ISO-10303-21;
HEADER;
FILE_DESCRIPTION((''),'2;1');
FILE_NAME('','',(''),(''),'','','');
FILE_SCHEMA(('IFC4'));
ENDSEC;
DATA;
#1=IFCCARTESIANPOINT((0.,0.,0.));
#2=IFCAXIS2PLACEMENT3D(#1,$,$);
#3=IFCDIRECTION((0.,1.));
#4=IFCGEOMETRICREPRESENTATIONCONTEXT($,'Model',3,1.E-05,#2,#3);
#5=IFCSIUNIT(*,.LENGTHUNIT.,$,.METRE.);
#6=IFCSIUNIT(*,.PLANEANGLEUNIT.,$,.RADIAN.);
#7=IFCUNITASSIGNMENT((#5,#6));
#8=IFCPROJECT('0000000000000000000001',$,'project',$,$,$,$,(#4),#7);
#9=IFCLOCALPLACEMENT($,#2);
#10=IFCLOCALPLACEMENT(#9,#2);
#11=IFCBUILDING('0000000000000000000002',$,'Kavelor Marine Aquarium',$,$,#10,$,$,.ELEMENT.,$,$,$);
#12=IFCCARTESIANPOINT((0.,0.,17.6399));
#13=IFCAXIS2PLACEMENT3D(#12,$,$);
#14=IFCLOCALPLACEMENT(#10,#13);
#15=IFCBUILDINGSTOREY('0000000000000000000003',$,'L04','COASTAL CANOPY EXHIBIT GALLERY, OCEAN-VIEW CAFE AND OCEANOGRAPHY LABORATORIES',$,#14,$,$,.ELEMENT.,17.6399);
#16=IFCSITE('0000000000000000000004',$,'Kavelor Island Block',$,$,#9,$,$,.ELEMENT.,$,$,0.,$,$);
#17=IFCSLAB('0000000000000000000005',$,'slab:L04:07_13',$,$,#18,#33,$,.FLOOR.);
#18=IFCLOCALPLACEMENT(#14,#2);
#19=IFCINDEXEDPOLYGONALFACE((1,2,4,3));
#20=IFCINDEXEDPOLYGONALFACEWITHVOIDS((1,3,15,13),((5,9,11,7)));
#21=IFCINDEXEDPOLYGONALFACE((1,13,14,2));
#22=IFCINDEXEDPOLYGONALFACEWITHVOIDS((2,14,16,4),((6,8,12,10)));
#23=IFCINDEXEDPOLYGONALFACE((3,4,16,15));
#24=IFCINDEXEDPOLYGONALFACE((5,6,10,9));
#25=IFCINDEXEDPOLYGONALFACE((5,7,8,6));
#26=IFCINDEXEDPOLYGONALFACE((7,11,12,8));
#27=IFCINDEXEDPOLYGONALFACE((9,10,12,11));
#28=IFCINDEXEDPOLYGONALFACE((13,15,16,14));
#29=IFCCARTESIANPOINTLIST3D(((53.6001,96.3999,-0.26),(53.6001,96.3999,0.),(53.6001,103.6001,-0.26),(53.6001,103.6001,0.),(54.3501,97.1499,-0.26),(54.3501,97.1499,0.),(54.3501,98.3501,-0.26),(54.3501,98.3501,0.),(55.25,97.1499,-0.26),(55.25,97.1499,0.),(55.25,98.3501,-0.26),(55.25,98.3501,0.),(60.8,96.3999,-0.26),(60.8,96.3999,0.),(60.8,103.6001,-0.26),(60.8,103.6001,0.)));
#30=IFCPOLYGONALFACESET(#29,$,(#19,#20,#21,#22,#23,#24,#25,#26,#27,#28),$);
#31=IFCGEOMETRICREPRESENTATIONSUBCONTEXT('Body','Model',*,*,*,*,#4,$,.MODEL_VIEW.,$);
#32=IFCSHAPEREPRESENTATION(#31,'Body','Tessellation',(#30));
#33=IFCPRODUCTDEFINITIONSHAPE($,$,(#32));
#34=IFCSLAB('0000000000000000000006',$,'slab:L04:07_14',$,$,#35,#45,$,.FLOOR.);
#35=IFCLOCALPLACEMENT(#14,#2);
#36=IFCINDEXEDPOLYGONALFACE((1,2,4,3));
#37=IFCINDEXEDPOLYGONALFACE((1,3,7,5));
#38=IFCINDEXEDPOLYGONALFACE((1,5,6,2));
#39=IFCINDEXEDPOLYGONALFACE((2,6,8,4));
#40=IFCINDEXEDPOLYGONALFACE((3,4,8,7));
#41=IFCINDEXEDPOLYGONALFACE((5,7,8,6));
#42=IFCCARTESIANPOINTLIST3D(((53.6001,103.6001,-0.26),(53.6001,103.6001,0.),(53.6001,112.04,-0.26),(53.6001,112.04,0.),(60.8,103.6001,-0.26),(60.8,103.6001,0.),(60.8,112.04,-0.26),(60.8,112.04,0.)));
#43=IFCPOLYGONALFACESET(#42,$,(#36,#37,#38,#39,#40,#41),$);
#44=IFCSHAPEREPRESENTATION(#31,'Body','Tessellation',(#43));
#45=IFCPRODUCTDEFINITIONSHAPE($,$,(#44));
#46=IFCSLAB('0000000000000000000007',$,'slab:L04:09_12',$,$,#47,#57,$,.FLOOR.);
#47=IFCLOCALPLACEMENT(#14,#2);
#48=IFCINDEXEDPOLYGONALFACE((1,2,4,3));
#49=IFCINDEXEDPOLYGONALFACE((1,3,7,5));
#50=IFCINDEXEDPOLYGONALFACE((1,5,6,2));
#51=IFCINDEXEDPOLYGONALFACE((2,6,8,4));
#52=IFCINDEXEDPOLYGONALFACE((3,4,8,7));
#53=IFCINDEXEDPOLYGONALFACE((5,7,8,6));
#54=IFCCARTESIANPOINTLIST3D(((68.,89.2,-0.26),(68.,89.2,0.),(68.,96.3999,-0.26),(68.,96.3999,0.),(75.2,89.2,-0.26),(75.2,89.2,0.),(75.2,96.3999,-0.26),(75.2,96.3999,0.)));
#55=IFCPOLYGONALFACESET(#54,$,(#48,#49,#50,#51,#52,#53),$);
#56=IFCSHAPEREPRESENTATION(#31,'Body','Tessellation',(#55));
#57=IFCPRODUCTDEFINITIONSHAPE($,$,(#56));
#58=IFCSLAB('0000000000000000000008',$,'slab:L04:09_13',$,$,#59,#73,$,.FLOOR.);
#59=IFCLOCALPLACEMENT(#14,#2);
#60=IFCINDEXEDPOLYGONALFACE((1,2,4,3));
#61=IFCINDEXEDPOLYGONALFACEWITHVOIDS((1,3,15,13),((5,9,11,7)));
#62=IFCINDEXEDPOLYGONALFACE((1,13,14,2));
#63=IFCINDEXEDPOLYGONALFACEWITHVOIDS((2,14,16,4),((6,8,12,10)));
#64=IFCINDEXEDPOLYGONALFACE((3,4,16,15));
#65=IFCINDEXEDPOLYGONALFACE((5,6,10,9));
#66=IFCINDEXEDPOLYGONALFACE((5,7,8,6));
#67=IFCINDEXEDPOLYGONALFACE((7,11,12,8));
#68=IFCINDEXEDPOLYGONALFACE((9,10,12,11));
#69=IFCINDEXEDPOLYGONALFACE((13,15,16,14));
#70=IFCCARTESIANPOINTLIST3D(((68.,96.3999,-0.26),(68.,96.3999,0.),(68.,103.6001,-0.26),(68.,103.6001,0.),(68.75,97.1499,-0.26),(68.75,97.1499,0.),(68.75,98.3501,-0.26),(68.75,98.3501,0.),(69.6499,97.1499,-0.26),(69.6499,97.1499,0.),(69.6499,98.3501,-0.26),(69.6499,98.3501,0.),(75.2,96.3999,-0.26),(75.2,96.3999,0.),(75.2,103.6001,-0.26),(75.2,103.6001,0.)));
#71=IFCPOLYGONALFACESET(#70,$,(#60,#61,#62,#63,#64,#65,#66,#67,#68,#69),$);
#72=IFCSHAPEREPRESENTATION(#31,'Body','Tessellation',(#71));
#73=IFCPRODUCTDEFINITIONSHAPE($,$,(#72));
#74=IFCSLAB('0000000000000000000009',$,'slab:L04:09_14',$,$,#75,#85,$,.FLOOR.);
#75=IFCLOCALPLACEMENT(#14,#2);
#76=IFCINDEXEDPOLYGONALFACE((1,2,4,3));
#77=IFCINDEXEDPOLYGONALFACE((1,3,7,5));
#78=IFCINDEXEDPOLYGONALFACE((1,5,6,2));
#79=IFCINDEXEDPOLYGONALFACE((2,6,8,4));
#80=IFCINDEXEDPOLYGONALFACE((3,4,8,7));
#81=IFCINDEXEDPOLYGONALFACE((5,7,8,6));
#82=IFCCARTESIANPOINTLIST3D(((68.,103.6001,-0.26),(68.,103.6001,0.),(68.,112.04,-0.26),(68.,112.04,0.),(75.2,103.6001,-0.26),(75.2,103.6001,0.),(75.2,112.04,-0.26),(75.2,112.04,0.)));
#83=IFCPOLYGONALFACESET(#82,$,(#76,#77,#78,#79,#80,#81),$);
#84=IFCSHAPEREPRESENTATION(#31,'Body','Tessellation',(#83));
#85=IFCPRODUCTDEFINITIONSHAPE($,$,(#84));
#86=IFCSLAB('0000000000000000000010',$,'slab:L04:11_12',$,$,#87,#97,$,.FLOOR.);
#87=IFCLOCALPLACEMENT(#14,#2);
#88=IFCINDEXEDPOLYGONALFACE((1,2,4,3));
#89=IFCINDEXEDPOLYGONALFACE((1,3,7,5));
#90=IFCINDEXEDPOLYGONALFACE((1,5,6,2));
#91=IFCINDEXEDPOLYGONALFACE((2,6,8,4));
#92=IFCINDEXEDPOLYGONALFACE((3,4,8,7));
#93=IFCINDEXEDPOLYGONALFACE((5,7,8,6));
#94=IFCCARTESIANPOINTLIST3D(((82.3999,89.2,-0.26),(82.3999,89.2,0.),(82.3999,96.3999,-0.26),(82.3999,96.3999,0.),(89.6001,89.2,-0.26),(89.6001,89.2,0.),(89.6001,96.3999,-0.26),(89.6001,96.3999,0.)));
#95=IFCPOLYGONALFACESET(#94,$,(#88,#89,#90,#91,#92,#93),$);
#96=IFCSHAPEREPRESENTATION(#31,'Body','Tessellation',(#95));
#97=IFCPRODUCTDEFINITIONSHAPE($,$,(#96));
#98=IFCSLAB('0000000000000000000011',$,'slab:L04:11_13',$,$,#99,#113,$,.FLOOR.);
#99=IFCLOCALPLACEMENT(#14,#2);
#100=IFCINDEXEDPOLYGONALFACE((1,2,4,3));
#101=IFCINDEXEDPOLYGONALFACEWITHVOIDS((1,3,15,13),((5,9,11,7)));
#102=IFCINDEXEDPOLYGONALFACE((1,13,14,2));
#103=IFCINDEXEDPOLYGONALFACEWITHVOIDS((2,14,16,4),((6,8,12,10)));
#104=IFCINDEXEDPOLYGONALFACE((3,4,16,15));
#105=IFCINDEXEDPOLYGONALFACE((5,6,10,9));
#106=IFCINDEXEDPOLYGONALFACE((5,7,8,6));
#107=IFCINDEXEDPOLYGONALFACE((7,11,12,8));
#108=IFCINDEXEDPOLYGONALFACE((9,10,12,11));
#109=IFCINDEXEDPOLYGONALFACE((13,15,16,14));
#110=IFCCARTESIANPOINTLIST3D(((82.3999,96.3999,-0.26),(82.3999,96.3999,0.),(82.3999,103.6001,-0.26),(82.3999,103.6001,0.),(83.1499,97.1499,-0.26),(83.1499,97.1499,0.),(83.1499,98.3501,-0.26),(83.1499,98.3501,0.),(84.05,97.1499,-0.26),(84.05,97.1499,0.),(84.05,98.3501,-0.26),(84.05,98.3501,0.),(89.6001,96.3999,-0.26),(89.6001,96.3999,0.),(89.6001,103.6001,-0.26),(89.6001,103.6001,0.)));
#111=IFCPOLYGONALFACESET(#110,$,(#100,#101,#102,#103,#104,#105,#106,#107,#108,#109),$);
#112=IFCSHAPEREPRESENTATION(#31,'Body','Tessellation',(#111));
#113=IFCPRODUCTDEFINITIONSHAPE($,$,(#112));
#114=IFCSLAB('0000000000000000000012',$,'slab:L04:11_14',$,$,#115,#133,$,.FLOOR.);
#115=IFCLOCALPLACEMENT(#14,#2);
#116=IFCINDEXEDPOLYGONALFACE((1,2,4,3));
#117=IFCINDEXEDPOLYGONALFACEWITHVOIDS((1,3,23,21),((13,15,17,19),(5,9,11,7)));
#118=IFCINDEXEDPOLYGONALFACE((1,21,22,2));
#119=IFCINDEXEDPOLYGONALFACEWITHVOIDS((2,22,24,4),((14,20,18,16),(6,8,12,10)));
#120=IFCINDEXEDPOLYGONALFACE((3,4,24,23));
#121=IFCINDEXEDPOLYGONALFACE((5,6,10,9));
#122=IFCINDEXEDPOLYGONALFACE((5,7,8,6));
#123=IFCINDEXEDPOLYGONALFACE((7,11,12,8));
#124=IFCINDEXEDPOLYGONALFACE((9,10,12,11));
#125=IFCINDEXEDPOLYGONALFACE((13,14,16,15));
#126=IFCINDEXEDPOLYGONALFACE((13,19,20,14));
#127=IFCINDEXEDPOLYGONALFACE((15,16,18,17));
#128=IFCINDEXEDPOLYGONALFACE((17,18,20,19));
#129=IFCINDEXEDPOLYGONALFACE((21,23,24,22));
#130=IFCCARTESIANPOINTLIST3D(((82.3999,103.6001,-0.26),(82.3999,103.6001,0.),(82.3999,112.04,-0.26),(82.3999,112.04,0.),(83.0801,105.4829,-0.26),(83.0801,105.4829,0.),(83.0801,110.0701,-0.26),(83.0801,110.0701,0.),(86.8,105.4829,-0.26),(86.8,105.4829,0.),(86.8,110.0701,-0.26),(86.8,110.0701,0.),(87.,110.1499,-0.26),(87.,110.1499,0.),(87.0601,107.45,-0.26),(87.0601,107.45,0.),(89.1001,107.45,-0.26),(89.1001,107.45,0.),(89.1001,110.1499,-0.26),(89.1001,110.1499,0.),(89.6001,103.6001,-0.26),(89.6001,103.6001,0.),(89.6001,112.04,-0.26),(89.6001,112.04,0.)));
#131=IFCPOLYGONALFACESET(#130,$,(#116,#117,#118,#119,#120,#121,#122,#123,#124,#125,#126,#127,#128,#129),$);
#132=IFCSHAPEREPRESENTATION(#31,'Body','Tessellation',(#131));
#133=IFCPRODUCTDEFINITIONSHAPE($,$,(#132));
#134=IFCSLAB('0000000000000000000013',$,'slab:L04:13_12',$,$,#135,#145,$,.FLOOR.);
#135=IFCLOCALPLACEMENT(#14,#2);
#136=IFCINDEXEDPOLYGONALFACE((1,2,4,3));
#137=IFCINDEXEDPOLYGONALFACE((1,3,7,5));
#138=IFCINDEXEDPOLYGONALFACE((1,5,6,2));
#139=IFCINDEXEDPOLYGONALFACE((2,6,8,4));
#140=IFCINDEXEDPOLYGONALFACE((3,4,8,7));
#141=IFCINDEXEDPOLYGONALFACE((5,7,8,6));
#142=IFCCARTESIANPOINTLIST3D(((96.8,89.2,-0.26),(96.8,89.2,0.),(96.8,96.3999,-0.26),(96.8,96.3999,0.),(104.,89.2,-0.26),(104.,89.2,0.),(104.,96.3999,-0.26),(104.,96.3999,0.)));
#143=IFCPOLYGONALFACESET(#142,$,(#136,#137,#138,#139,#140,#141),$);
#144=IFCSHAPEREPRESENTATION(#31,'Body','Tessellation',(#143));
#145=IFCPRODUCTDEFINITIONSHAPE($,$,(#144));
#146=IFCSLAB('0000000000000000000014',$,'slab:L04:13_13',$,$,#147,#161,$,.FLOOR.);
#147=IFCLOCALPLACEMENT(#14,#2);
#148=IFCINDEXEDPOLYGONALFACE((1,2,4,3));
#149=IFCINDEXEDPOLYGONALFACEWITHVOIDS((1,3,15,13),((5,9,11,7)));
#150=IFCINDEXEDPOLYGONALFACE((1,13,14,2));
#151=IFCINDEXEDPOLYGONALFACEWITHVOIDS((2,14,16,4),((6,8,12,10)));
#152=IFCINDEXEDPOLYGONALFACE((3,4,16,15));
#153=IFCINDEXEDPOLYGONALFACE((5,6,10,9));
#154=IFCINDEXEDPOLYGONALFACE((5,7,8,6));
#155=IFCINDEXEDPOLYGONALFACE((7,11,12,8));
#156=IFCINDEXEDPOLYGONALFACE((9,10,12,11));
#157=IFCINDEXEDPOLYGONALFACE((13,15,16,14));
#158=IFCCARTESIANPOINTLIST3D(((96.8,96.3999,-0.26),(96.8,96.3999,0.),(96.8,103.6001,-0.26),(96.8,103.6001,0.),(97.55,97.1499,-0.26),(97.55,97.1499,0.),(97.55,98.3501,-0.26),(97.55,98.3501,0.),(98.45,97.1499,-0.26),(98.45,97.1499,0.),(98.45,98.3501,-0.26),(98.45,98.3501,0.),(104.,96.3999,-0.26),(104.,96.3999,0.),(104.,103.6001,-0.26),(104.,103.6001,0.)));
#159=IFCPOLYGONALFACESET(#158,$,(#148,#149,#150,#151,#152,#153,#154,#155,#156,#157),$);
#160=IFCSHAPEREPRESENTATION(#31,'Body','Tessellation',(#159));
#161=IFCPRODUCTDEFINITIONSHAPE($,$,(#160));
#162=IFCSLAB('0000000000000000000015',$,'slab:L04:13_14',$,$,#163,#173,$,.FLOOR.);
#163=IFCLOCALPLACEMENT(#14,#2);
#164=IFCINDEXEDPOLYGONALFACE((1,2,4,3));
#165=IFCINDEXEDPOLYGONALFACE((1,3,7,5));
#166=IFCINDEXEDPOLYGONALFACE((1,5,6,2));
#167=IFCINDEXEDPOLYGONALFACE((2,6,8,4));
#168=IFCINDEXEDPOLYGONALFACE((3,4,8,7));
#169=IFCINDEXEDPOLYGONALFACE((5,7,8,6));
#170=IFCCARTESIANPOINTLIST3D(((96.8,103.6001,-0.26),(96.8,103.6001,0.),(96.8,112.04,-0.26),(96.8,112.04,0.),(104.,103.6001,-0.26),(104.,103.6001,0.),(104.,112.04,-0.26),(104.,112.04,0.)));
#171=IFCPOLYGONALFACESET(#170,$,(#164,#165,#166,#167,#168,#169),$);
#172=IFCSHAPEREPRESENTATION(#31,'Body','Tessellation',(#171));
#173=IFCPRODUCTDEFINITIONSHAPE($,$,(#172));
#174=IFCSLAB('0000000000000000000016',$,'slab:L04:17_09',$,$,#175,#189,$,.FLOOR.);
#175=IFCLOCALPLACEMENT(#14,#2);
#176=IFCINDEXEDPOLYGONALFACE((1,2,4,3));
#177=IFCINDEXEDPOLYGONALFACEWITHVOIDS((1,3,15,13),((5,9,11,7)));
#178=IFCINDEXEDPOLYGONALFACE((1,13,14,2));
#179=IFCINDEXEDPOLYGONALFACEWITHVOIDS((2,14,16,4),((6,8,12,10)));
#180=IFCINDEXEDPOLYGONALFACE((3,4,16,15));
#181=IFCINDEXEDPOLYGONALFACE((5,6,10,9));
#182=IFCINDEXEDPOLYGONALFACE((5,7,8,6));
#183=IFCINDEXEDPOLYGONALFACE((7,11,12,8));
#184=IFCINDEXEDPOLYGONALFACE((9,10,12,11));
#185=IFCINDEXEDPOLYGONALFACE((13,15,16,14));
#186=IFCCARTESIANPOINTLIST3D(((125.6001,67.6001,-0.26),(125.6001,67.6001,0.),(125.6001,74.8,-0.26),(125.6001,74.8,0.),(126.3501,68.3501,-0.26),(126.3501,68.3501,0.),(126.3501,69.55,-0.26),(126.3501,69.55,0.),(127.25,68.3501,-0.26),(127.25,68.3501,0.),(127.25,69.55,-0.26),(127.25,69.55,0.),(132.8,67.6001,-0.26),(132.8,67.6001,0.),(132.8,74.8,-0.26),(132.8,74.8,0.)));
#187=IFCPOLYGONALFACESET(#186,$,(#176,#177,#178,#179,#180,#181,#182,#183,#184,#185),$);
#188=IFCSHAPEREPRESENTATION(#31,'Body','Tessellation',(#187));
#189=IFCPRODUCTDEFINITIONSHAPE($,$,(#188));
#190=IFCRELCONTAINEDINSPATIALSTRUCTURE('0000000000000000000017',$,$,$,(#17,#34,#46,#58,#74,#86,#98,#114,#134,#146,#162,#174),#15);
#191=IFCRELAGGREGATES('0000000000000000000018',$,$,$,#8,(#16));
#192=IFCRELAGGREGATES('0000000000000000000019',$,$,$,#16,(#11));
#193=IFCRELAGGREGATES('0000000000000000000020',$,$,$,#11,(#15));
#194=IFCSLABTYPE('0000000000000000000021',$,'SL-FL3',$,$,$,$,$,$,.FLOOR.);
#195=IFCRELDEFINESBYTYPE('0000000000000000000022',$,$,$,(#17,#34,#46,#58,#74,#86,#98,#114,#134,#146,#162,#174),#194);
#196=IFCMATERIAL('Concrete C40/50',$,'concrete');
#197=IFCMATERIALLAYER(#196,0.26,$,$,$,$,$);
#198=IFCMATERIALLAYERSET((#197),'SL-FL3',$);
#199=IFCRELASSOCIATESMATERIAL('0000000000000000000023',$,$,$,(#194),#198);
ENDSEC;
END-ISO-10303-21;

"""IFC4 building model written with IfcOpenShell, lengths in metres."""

from ifc_helpers import new_model, si_unit, direction, frame, origin, place, context, subcontext, project, spatial, polyline, outline, extrude, material, layer, layer_set, type_object, element, save


model = new_model("IFC4")

# Units and contexts
model_context = context("Model", 3, precision=1e-05, world=origin(), true_north=direction((0.0, 1.0)))
body_context = subcontext(model_context, "Body", "Model", "MODEL_VIEW")
ifc_project = project(units=[si_unit("LENGTHUNIT", "METRE"), si_unit("PLANEANGLEUNIT", "RADIAN")], contexts=[model_context])

# Site, building, storey
site_placement = place(None, origin())
site = spatial("IfcSite", under=ifc_project, at=site_placement, Name="Kavelor Island Block", CompositionType="ELEMENT", RefElevation=0.0)
building_placement = place(site_placement, origin())
building = spatial("IfcBuilding", under=site, at=building_placement, Name="Kavelor Marine Aquarium", CompositionType="ELEMENT")
storey_placement = place(building_placement, frame((0.0, 0.0, 17.6399)))
storey = spatial("IfcBuildingStorey", under=building, at=storey_placement, Name="L04", Description="COASTAL CANOPY EXHIBIT GALLERY, OCEAN-VIEW CAFE AND OCEANOGRAPHY LABORATORIES", CompositionType="ELEMENT", Elevation=17.6399)

# Slabs
ifc_material_1 = material(Name="Concrete C40/50", Category="concrete")
ifc_layer_1 = layer(ifc_material_1, 0.26)
ifc_layer_set_1 = layer_set([ifc_layer_1], Name="SL-FL3")
slab_type = type_object("IfcSlabType", Name="SL-FL3", PredefinedType="FLOOR", material=ifc_layer_set_1)
slab_1_placement = place(storey_placement, frame((0.0, 0.0, -0.26)))
element("IfcSlab", 1, at=slab_1_placement, inside=storey, type_object=slab_type, Name="slab:L04:07_13", PredefinedType="FLOOR", context=body_context, shape_type="SweptSolid", body=[
    extrude(outline(polyline([(53.6001, 96.3999), (60.8, 96.3999), (60.8, 103.6001), (53.6001, 103.6001), (53.6001, 96.3999)]), holes=[polyline([(54.3501, 97.1499), (55.25, 97.1499), (55.25, 98.3501), (54.3501, 98.3501), (54.3501, 97.1499)])]), origin(), (0.0, 0.0, 1.0), 0.26),
])
slab_2_placement = place(storey_placement, frame((0.0, 0.0, -0.26)))
element("IfcSlab", 2, at=slab_2_placement, inside=storey, type_object=slab_type, Name="slab:L04:07_14", PredefinedType="FLOOR", context=body_context, shape_type="SweptSolid", body=[
    extrude(outline(polyline([(53.6001, 103.6001), (60.8, 103.6001), (60.8, 112.04), (53.6001, 112.04), (53.6001, 103.6001)])), origin(), (0.0, 0.0, 1.0), 0.26),
])
slab_3_placement = place(storey_placement, frame((0.0, 0.0, -0.26)))
element("IfcSlab", 3, at=slab_3_placement, inside=storey, type_object=slab_type, Name="slab:L04:09_12", PredefinedType="FLOOR", context=body_context, shape_type="SweptSolid", body=[
    extrude(outline(polyline([(68.0, 89.2), (75.2, 89.2), (75.2, 96.3999), (68.0, 96.3999), (68.0, 89.2)])), origin(), (0.0, 0.0, 1.0), 0.26),
])
slab_4_placement = place(storey_placement, frame((0.0, 0.0, -0.26)))
element("IfcSlab", 4, at=slab_4_placement, inside=storey, type_object=slab_type, Name="slab:L04:09_13", PredefinedType="FLOOR", context=body_context, shape_type="SweptSolid", body=[
    extrude(outline(polyline([(68.0, 96.3999), (75.2, 96.3999), (75.2, 103.6001), (68.0, 103.6001), (68.0, 96.3999)]), holes=[polyline([(68.75, 97.1499), (69.6499, 97.1499), (69.6499, 98.3501), (68.75, 98.3501), (68.75, 97.1499)])]), origin(), (0.0, 0.0, 1.0), 0.26),
])
slab_5_placement = place(storey_placement, frame((0.0, 0.0, -0.26)))
element("IfcSlab", 5, at=slab_5_placement, inside=storey, type_object=slab_type, Name="slab:L04:09_14", PredefinedType="FLOOR", context=body_context, shape_type="SweptSolid", body=[
    extrude(outline(polyline([(68.0, 103.6001), (75.2, 103.6001), (75.2, 112.04), (68.0, 112.04), (68.0, 103.6001)])), origin(), (0.0, 0.0, 1.0), 0.26),
])
slab_6_placement = place(storey_placement, frame((0.0, 0.0, -0.26)))
element("IfcSlab", 6, at=slab_6_placement, inside=storey, type_object=slab_type, Name="slab:L04:11_12", PredefinedType="FLOOR", context=body_context, shape_type="SweptSolid", body=[
    extrude(outline(polyline([(82.3999, 89.2), (89.6001, 89.2), (89.6001, 96.3999), (82.3999, 96.3999), (82.3999, 89.2)])), origin(), (0.0, 0.0, 1.0), 0.26),
])
slab_7_placement = place(storey_placement, frame((0.0, 0.0, -0.26)))
element("IfcSlab", 7, at=slab_7_placement, inside=storey, type_object=slab_type, Name="slab:L04:11_13", PredefinedType="FLOOR", context=body_context, shape_type="SweptSolid", body=[
    extrude(outline(polyline([(82.3999, 96.3999), (89.6001, 96.3999), (89.6001, 103.6001), (82.3999, 103.6001), (82.3999, 96.3999)]), holes=[polyline([(83.1499, 97.1499), (84.05, 97.1499), (84.05, 98.3501), (83.1499, 98.3501), (83.1499, 97.1499)])]), origin(), (0.0, 0.0, 1.0), 0.26),
])
slab_8_placement = place(storey_placement, frame((0.0, 0.0, -0.26)))
element("IfcSlab", 8, at=slab_8_placement, inside=storey, type_object=slab_type, Name="slab:L04:11_14", PredefinedType="FLOOR", context=body_context, shape_type="SweptSolid", body=[
    extrude(outline(polyline([(82.3999, 103.6001), (89.6001, 103.6001), (89.6001, 112.04), (82.3999, 112.04), (82.3999, 103.6001)]), holes=[polyline([(83.0801, 105.4829), (86.8, 105.4829), (86.8, 110.0701), (83.0801, 110.0701), (83.0801, 105.4829)]), polyline([(87.0601, 107.45), (89.1001, 107.45), (89.1001, 110.1499), (87.0, 110.1499), (87.0601, 107.45)])]), origin(), (0.0, 0.0, 1.0), 0.26),
])
slab_9_placement = place(storey_placement, frame((0.0, 0.0, -0.26)))
element("IfcSlab", 9, at=slab_9_placement, inside=storey, type_object=slab_type, Name="slab:L04:13_12", PredefinedType="FLOOR", context=body_context, shape_type="SweptSolid", body=[
    extrude(outline(polyline([(96.8, 89.2), (104.0, 89.2), (104.0, 96.3999), (96.8, 96.3999), (96.8, 89.2)])), origin(), (0.0, 0.0, 1.0), 0.26),
])
slab_10_placement = place(storey_placement, frame((0.0, 0.0, -0.26)))
element("IfcSlab", 10, at=slab_10_placement, inside=storey, type_object=slab_type, Name="slab:L04:13_13", PredefinedType="FLOOR", context=body_context, shape_type="SweptSolid", body=[
    extrude(outline(polyline([(96.8, 96.3999), (104.0, 96.3999), (104.0, 103.6001), (96.8, 103.6001), (96.8, 96.3999)]), holes=[polyline([(97.55, 97.1499), (98.45, 97.1499), (98.45, 98.3501), (97.55, 98.3501), (97.55, 97.1499)])]), origin(), (0.0, 0.0, 1.0), 0.26),
])
slab_11_placement = place(storey_placement, frame((0.0, 0.0, -0.26)))
element("IfcSlab", 11, at=slab_11_placement, inside=storey, type_object=slab_type, Name="slab:L04:13_14", PredefinedType="FLOOR", context=body_context, shape_type="SweptSolid", body=[
    extrude(outline(polyline([(96.8, 103.6001), (104.0, 103.6001), (104.0, 112.04), (96.8, 112.04), (96.8, 103.6001)])), origin(), (0.0, 0.0, 1.0), 0.26),
])
slab_12_placement = place(storey_placement, frame((0.0, 0.0, -0.26)))
element("IfcSlab", 12, at=slab_12_placement, inside=storey, type_object=slab_type, Name="slab:L04:17_09", PredefinedType="FLOOR", context=body_context, shape_type="SweptSolid", body=[
    extrude(outline(polyline([(125.6001, 67.6001), (132.8, 67.6001), (132.8, 74.8), (125.6001, 74.8), (125.6001, 67.6001)]), holes=[polyline([(126.3501, 68.3501), (127.25, 68.3501), (127.25, 69.55), (126.3501, 69.55), (126.3501, 68.3501)])]), origin(), (0.0, 0.0, 1.0), 0.26),
])

save(model, "model.ifc")
